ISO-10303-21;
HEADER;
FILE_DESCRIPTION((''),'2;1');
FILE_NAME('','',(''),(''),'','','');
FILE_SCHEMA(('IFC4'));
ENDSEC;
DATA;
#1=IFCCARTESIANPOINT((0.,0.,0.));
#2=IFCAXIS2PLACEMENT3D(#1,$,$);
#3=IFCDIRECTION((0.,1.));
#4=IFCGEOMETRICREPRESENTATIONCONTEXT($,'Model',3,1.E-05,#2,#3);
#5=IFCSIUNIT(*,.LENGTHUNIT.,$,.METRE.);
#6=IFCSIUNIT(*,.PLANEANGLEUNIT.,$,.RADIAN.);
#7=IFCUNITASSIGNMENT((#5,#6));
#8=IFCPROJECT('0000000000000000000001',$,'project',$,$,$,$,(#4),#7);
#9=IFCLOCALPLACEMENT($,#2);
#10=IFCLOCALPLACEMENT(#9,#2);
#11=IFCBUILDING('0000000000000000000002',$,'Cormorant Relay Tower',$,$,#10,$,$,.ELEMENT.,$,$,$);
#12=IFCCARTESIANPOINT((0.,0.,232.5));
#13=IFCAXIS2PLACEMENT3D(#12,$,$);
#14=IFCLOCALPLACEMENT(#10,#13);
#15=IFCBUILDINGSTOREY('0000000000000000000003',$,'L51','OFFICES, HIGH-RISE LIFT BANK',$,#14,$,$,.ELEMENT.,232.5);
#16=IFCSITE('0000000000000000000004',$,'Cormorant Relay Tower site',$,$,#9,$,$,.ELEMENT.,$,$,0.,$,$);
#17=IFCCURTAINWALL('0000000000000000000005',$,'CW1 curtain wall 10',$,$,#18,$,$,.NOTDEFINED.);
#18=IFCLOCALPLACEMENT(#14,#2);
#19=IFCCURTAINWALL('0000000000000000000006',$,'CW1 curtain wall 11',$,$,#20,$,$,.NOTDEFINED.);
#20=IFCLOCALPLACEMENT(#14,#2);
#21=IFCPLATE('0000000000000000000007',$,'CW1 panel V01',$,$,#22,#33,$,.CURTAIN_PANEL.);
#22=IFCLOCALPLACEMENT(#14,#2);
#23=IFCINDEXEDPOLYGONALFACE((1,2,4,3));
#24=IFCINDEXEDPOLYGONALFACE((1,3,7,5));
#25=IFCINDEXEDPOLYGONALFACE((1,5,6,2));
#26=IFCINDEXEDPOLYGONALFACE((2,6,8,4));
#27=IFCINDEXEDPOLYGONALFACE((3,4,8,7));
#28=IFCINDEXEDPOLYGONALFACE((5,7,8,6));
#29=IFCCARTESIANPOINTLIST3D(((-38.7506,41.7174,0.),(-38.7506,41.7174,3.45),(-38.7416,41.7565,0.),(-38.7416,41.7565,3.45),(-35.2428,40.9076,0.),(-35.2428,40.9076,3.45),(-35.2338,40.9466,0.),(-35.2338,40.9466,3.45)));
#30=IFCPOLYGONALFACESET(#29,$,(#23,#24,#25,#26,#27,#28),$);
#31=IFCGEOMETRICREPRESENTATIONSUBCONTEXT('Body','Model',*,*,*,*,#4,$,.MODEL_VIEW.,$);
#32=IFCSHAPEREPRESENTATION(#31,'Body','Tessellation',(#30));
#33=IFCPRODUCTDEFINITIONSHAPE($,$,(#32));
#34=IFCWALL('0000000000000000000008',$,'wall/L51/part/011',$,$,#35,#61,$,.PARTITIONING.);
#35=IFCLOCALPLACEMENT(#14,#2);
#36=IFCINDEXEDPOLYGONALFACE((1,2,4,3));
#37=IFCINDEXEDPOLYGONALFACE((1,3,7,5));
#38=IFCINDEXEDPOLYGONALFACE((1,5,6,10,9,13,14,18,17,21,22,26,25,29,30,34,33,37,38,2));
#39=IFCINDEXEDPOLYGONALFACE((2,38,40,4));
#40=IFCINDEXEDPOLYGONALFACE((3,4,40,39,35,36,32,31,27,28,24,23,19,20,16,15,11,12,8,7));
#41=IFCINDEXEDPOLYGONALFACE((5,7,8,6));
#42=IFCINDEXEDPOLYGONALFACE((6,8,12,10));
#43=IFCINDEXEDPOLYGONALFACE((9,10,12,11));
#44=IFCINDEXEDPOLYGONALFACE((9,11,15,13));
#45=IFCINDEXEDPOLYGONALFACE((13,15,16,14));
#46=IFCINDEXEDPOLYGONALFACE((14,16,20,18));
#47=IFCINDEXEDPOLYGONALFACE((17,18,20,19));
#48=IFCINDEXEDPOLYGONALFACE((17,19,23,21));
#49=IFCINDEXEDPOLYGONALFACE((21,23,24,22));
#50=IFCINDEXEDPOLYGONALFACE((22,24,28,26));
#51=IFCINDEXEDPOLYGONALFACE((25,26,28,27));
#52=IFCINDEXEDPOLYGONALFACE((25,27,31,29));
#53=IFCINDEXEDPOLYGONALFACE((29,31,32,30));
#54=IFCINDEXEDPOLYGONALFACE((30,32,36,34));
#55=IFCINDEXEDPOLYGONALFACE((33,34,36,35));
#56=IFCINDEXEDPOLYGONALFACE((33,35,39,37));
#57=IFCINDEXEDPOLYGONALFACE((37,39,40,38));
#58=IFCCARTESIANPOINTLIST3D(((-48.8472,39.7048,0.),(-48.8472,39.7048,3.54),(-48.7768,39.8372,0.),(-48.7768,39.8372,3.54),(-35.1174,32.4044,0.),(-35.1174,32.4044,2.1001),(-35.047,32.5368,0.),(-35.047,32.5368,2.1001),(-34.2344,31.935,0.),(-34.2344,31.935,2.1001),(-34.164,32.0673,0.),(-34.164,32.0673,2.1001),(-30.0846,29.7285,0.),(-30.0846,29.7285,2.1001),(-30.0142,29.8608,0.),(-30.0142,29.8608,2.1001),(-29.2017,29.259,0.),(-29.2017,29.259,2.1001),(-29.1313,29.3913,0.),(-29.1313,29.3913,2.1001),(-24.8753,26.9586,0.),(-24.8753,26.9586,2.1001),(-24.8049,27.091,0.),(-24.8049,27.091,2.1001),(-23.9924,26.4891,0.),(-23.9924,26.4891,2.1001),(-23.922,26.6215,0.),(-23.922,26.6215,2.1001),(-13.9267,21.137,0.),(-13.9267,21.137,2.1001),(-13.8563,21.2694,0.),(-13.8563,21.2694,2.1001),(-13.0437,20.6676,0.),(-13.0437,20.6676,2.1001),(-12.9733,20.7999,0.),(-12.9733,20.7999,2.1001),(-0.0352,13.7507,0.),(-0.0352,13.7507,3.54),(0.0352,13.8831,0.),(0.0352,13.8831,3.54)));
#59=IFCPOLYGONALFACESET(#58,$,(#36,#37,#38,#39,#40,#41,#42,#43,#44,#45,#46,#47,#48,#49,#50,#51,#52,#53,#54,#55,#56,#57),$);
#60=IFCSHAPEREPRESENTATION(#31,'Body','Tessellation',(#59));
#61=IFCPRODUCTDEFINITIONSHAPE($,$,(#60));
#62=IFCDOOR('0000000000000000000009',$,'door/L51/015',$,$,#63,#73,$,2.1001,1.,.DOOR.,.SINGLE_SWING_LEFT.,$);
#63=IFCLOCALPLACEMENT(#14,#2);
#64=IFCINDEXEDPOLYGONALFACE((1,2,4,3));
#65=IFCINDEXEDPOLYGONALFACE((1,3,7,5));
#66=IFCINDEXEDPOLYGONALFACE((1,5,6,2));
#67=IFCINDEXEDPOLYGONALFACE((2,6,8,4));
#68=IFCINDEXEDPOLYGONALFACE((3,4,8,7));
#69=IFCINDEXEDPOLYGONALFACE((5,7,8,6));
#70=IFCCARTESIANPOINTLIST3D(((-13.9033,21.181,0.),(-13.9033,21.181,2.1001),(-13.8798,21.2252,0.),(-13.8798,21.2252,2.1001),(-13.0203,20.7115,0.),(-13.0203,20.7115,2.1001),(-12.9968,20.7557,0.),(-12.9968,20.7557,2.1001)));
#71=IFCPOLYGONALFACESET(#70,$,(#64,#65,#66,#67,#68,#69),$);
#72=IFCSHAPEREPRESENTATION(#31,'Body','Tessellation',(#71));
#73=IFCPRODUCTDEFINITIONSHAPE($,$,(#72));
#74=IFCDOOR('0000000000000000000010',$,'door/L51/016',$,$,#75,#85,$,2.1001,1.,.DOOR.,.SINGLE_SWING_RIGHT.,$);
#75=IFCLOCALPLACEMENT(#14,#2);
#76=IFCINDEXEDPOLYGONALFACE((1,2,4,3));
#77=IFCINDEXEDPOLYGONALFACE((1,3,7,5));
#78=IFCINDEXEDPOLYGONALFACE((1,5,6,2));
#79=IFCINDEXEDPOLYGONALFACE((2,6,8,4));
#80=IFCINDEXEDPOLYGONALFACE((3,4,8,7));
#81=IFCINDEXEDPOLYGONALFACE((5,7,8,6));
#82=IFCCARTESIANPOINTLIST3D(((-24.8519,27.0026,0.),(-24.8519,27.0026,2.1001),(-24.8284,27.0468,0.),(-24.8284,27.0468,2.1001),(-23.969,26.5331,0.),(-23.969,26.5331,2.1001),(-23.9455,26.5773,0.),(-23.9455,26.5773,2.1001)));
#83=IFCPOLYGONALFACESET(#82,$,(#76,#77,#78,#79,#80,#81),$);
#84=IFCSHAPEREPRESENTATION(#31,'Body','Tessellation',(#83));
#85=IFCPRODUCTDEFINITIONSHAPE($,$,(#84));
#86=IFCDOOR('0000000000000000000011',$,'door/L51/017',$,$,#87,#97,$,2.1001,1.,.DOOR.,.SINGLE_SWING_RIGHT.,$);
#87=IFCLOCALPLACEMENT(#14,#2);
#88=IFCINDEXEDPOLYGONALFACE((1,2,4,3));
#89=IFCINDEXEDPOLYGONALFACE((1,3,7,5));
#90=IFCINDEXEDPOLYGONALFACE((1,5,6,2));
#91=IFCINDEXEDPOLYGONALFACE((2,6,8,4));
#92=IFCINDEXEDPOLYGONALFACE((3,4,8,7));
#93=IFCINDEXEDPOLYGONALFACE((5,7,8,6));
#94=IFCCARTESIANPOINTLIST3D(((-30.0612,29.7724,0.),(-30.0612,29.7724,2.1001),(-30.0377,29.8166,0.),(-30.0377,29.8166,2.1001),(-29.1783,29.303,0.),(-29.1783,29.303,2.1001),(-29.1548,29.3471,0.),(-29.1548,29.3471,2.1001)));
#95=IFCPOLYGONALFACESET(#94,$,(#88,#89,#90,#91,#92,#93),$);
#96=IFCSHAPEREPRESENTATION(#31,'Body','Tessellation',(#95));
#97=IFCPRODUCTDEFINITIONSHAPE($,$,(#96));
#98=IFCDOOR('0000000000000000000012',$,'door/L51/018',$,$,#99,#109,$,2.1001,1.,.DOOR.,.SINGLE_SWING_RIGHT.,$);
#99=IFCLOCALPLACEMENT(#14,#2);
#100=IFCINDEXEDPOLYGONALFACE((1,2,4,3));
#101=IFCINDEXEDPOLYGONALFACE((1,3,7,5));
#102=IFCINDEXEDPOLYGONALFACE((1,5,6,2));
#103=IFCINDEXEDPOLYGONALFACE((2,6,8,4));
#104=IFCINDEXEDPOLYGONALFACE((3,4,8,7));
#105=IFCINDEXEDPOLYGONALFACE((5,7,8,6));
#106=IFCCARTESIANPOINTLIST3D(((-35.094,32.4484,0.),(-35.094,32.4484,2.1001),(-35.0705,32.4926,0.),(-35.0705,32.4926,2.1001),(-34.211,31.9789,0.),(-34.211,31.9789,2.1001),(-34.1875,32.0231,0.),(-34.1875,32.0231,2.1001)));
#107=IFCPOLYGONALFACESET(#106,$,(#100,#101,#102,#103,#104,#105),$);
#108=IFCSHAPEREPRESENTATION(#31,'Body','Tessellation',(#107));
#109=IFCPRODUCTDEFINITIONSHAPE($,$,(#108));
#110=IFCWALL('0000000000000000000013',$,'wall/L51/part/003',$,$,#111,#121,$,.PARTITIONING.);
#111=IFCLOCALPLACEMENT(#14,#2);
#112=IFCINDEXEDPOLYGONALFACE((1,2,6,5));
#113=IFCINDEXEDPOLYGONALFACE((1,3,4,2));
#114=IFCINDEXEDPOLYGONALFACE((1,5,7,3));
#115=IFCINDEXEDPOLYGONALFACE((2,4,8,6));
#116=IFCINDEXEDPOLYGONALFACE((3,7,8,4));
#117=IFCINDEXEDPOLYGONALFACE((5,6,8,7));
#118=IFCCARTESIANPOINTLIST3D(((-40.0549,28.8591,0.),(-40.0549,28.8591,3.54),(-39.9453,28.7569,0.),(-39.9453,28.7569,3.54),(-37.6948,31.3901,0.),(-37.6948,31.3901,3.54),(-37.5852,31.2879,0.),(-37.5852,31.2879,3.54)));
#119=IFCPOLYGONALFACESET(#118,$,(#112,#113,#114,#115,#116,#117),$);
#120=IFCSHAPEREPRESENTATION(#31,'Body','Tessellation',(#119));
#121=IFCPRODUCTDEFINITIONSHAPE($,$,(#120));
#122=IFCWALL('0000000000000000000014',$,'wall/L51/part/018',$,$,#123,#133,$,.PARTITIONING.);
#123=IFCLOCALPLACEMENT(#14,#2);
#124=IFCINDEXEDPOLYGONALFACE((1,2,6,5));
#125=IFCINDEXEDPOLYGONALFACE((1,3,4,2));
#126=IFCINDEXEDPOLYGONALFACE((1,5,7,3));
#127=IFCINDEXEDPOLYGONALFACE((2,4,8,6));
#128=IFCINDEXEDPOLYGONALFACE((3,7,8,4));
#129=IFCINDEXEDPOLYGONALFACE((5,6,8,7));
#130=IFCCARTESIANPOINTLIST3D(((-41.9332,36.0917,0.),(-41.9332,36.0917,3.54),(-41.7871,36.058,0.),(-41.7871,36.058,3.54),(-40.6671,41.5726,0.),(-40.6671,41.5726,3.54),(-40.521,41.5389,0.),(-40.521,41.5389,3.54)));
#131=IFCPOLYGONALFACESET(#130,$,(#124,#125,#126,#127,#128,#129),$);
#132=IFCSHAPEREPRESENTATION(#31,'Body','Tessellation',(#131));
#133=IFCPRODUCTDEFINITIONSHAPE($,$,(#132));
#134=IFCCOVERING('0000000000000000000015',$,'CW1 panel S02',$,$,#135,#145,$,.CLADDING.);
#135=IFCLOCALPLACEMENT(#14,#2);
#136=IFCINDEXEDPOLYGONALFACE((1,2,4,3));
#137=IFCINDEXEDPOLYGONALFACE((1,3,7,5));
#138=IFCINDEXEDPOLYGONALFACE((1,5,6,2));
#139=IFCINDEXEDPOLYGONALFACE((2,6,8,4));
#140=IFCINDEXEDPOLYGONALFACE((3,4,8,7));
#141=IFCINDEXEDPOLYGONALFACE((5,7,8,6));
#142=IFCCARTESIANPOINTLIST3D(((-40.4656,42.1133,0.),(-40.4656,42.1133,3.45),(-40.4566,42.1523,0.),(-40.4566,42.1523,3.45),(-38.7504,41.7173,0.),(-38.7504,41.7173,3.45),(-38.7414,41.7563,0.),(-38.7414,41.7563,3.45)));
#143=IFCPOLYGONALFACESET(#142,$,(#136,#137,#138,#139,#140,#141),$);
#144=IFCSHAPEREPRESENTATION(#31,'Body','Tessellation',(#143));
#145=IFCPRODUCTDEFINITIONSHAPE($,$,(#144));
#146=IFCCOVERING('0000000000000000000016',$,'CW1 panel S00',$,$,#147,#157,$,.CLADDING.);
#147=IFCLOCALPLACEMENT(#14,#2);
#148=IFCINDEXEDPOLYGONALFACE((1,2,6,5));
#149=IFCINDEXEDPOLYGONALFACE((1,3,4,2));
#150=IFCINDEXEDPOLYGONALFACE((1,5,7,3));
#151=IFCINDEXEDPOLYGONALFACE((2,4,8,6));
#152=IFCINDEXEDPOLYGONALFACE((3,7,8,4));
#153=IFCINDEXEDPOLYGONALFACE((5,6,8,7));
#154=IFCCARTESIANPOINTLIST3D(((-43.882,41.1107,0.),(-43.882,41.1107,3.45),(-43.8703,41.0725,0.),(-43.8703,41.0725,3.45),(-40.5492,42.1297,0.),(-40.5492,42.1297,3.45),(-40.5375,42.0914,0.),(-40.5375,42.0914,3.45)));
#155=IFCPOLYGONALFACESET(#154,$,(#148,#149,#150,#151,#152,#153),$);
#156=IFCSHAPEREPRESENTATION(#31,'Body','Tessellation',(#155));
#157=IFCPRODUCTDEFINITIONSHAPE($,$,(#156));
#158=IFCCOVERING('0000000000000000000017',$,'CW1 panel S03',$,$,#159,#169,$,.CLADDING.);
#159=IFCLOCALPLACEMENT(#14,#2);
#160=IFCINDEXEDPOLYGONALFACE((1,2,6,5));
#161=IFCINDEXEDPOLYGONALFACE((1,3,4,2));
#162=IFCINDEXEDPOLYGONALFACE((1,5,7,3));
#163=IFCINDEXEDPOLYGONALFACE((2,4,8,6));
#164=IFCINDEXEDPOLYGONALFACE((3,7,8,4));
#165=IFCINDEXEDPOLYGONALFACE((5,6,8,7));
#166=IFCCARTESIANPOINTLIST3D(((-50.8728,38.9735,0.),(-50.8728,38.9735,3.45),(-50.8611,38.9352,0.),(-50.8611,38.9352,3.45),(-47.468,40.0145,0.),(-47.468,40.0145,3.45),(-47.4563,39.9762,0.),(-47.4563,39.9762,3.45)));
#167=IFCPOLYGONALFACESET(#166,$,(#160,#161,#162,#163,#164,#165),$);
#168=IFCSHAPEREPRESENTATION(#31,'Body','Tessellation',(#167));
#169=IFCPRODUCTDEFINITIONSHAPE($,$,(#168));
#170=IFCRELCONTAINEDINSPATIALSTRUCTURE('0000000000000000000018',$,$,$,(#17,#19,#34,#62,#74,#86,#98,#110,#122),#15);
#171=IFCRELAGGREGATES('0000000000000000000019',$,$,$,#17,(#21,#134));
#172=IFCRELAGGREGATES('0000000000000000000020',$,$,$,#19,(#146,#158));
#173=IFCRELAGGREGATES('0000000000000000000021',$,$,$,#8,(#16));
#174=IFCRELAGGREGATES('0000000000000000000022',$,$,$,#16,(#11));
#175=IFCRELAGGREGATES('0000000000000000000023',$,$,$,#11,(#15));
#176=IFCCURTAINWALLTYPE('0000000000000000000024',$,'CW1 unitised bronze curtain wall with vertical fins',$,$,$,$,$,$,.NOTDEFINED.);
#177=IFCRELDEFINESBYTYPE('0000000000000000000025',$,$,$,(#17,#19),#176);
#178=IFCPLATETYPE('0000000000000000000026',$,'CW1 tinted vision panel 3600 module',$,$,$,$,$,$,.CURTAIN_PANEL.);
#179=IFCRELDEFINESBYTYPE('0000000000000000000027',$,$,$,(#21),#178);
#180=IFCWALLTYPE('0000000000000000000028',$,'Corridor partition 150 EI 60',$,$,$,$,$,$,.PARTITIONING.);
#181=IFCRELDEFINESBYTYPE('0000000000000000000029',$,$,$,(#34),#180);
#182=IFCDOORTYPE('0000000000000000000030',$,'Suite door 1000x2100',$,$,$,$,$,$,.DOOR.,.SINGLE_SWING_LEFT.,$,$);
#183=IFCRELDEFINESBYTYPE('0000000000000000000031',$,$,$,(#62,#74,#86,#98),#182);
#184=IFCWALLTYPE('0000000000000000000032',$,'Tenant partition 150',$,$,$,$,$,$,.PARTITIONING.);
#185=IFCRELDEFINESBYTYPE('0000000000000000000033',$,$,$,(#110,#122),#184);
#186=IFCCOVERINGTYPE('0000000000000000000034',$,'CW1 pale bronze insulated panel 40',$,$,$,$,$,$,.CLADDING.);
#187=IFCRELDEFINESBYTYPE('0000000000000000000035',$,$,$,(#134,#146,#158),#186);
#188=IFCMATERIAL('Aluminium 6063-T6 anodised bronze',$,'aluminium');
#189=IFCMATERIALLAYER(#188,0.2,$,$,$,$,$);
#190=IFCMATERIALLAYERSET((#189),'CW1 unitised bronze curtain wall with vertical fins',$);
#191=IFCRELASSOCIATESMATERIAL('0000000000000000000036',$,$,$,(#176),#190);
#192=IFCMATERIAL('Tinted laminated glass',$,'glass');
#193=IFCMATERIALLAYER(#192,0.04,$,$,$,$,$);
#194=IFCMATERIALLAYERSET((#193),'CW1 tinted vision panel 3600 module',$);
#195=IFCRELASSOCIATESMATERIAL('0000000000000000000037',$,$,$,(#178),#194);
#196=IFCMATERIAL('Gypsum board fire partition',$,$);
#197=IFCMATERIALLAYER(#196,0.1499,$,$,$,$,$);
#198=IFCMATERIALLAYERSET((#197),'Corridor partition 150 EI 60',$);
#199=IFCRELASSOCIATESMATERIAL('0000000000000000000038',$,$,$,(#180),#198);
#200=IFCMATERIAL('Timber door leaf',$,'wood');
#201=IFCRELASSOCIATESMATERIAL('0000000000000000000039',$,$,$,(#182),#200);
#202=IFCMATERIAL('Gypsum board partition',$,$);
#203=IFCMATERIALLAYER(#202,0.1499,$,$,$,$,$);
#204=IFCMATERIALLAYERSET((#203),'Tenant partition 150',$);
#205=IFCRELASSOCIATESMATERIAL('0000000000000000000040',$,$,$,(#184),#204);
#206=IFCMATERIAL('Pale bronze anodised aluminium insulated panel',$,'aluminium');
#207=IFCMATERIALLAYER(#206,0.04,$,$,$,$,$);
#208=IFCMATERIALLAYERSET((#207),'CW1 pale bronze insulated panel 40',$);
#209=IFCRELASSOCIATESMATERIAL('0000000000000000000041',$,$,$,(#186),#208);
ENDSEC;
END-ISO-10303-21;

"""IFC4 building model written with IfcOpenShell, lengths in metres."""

from ifc_helpers import new_model, si_unit, direction, frame, frame_2d, origin, origin_2d, place, context, subcontext, project, spatial, rectangle, extrude, material, layer, layer_set, type_object, element, fill, aggregate, save


model = new_model("IFC4")

# Units and contexts
model_context = context("Model", 3, precision=1e-05, world=origin(), true_north=direction((0.0, 1.0)))
body_context = subcontext(model_context, "Body", "Model", "MODEL_VIEW")
ifc_project = project(units=[si_unit("LENGTHUNIT", "METRE"), si_unit("PLANEANGLEUNIT", "RADIAN")], contexts=[model_context])

# Site, building, storey
site_placement = place(None, origin())
site = spatial("IfcSite", under=ifc_project, at=site_placement, Name="Cormorant Relay Tower site", CompositionType="ELEMENT", RefElevation=0.0)
building_placement = place(site_placement, origin())
building = spatial("IfcBuilding", under=site, at=building_placement, Name="Cormorant Relay Tower", CompositionType="ELEMENT")
storey_placement = place(building_placement, frame((0.0, 0.0, 232.5)))
storey = spatial("IfcBuildingStorey", under=building, at=storey_placement, Name="L51", Description="OFFICES, HIGH-RISE LIFT BANK", CompositionType="ELEMENT", Elevation=232.5)

# Curtain wall
ifc_material_1 = material(Name="Aluminium 6063-T6 anodised bronze", Category="aluminium")
ifc_layer_1 = layer(ifc_material_1, 0.2)
ifc_layer_set_1 = layer_set([ifc_layer_1], Name="CW1 unitised bronze curtain wall with vertical fins")
curtain_wall_type = type_object("IfcCurtainWallType", Name="CW1 unitised bronze curtain wall with vertical fins", PredefinedType="NOTDEFINED", material=ifc_layer_set_1)
curtain_wall_1_placement = place(storey_placement, origin())
curtain_wall_1 = element("IfcCurtainWall", 1, at=curtain_wall_1_placement, inside=storey, type_object=curtain_wall_type, Name="CW1 curtain wall 10", PredefinedType="NOTDEFINED")

# Curtain wall
curtain_wall_2_placement = place(storey_placement, origin())
curtain_wall_2 = element("IfcCurtainWall", 2, at=curtain_wall_2_placement, inside=storey, type_object=curtain_wall_type, Name="CW1 curtain wall 11", PredefinedType="NOTDEFINED")

# Plate
ifc_material_2 = material(Name="Tinted laminated glass", Category="glass")
ifc_layer_2 = layer(ifc_material_2, 0.04)
ifc_layer_set_2 = layer_set([ifc_layer_2], Name="CW1 tinted vision panel 3600 module")
plate_type_1 = type_object("IfcPlateType", Name="CW1 tinted vision panel 3600 module", PredefinedType="CURTAIN_PANEL", material=ifc_layer_set_2)
plate_1_placement = place(storey_placement, frame((-36.9922, 41.332, 0.0), z_axis=(0.0, 0.0, 1.0), x_axis=(-0.97437, 0.224951, 0.0)))
plate_1 = element("IfcPlate", 3, at=plate_1_placement, type_object=plate_type_1, Name="CW1 panel V01", PredefinedType="CURTAIN_PANEL", context=body_context, shape_type="SweptSolid", body=[
    extrude(rectangle(XDim=3.6001, YDim=0.04, at=origin_2d()), origin(), (0.0, 0.0, 1.0), 3.45),
])

# Wall, openings, doors
ifc_material_3 = material(Name="Gypsum board fire partition")
ifc_layer_3 = layer(ifc_material_3, 0.1499)
ifc_layer_set_3 = layer_set([ifc_layer_3], Name="Corridor partition 150 EI 60")
wall_type_1 = type_object("IfcWallType", Name="Corridor partition 150 EI 60", PredefinedType="PARTITIONING", material=ifc_layer_set_3)
wall_1_placement = place(storey_placement, frame((-48.812, 39.771, 0.0), z_axis=(0.0, 0.0, 1.0), x_axis=(0.882945, -0.469476, 0.0)))
wall_1 = element("IfcWall", 4, at=wall_1_placement, inside=storey, type_object=wall_type_1, Name="wall/L51/part/011", PredefinedType="PARTITIONING", context=body_context, shape_type="SweptSolid", body=[
    extrude(rectangle(XDim=55.2832, YDim=0.1499, at=frame_2d((27.6416, 0.0))), origin(), (0.0, 0.0, 1.0), 3.54),
])
opening_1_placement = place(wall_1_placement, frame((39.55, 0.0, 0.0)))
opening_1 = element("IfcOpeningElement", 5, at=opening_1_placement, cuts=wall_1, PredefinedType="OPENING", context=body_context, shape_type="SweptSolid", body=[
    extrude(rectangle(XDim=1.0, YDim=2.1001, at=frame_2d((0.5, 1.05))), frame((0.0, 0.085, 0.0), z_axis=(0.0, -1.0, 0.0), x_axis=(1.0, 0.0, 0.0)), (0.0, 0.0, 1.0), 0.1699),
])
opening_2_placement = place(wall_1_placement, frame((27.1499, 0.0, 0.0)))
opening_2 = element("IfcOpeningElement", 6, at=opening_2_placement, cuts=wall_1, PredefinedType="OPENING", context=body_context, shape_type="SweptSolid", body=[
    extrude(rectangle(XDim=1.0, YDim=2.1001, at=frame_2d((0.5, 1.05))), frame((0.0, 0.085, 0.0), z_axis=(0.0, -1.0, 0.0), x_axis=(1.0, 0.0, 0.0)), (0.0, 0.0, 1.0), 0.1699),
])
opening_3_placement = place(wall_1_placement, frame((21.25, 0.0, 0.0)))
opening_3 = element("IfcOpeningElement", 7, at=opening_3_placement, cuts=wall_1, PredefinedType="OPENING", context=body_context, shape_type="SweptSolid", body=[
    extrude(rectangle(XDim=1.0, YDim=2.1001, at=frame_2d((0.5, 1.05))), frame((0.0, 0.085, 0.0), z_axis=(0.0, -1.0, 0.0), x_axis=(1.0, 0.0, 0.0)), (0.0, 0.0, 1.0), 0.1699),
])
opening_4_placement = place(wall_1_placement, frame((15.55, 0.0, 0.0)))
opening_4 = element("IfcOpeningElement", 8, at=opening_4_placement, cuts=wall_1, PredefinedType="OPENING", context=body_context, shape_type="SweptSolid", body=[
    extrude(rectangle(XDim=1.0, YDim=2.1001, at=frame_2d((0.5, 1.05))), frame((0.0, 0.085, 0.0), z_axis=(0.0, -1.0, 0.0), x_axis=(1.0, 0.0, 0.0)), (0.0, 0.0, 1.0), 0.1699),
])
ifc_material_4 = material(Name="Timber door leaf", Category="wood")
door_type = type_object("IfcDoorType", Name="Suite door 1000x2100", OperationType="SINGLE_SWING_LEFT", PredefinedType="DOOR", material=ifc_material_4)
door_1_placement = place(opening_1_placement, origin())
door_1 = element("IfcDoor", 9, at=door_1_placement, inside=storey, type_object=door_type, Name="door/L51/015", OperationType="SINGLE_SWING_LEFT", OverallHeight=2.1001, OverallWidth=1.0, PredefinedType="DOOR", context=body_context, shape_type="SweptSolid", body=[
    extrude(rectangle(XDim=1.0, YDim=2.1001, at=frame_2d((0.5, 1.05))), frame((0.0, 0.0249, 0.0), z_axis=(0.0, -1.0, 0.0), x_axis=(1.0, 0.0, 0.0)), (0.0, 0.0, 1.0), 0.05),
])
fill(opening_1, door_1)
door_2_placement = place(opening_2_placement, origin())
door_2 = element("IfcDoor", 10, at=door_2_placement, inside=storey, type_object=door_type, Name="door/L51/016", OperationType="SINGLE_SWING_RIGHT", OverallHeight=2.1001, OverallWidth=1.0, PredefinedType="DOOR", context=body_context, shape_type="SweptSolid", body=[
    extrude(rectangle(XDim=1.0, YDim=2.1001, at=frame_2d((0.5, 1.05))), frame((0.0, 0.0249, 0.0), z_axis=(0.0, -1.0, 0.0), x_axis=(1.0, 0.0, 0.0)), (0.0, 0.0, 1.0), 0.05),
])
fill(opening_2, door_2)
door_3_placement = place(opening_3_placement, origin())
door_3 = element("IfcDoor", 11, at=door_3_placement, inside=storey, type_object=door_type, Name="door/L51/017", OperationType="SINGLE_SWING_RIGHT", OverallHeight=2.1001, OverallWidth=1.0, PredefinedType="DOOR", context=body_context, shape_type="SweptSolid", body=[
    extrude(rectangle(XDim=1.0, YDim=2.1001, at=frame_2d((0.5, 1.05))), frame((0.0, 0.0249, 0.0), z_axis=(0.0, -1.0, 0.0), x_axis=(1.0, 0.0, 0.0)), (0.0, 0.0, 1.0), 0.05),
])
fill(opening_3, door_3)
door_4_placement = place(opening_4_placement, origin())
door_4 = element("IfcDoor", 12, at=door_4_placement, inside=storey, type_object=door_type, Name="door/L51/018", OperationType="SINGLE_SWING_RIGHT", OverallHeight=2.1001, OverallWidth=1.0, PredefinedType="DOOR", context=body_context, shape_type="SweptSolid", body=[
    extrude(rectangle(XDim=1.0, YDim=2.1001, at=frame_2d((0.5, 1.05))), frame((0.0, 0.0249, 0.0), z_axis=(0.0, -1.0, 0.0), x_axis=(1.0, 0.0, 0.0)), (0.0, 0.0, 1.0), 0.05),
])
fill(opening_4, door_4)

# Walls
ifc_material_5 = material(Name="Gypsum board partition")
ifc_layer_4 = layer(ifc_material_5, 0.1499)
ifc_layer_set_4 = layer_set([ifc_layer_4], Name="Tenant partition 150")
wall_type_2 = type_object("IfcWallType", Name="Tenant partition 150", PredefinedType="PARTITIONING", material=ifc_layer_set_4)
wall_2_placement = place(storey_placement, frame((-37.6399, 31.3391, 0.0), z_axis=(0.0, 0.0, 1.0), x_axis=(-0.681984, -0.731367, 0.0)))
element("IfcWall", 13, at=wall_2_placement, inside=storey, type_object=wall_type_2, Name="wall/L51/part/003", PredefinedType="PARTITIONING", context=body_context, shape_type="SweptSolid", body=[
    extrude(rectangle(XDim=3.4607, YDim=0.1499, at=frame_2d((1.7305, 0.0))), origin(), (0.0, 0.0, 1.0), 3.54),
])
wall_3_placement = place(storey_placement, frame((-41.8601, 36.075, 0.0), z_axis=(0.0, 0.0, 1.0), x_axis=(0.225075, 0.974341, 0.0)))
element("IfcWall", 14, at=wall_3_placement, inside=storey, type_object=wall_type_2, Name="wall/L51/part/018", PredefinedType="PARTITIONING", context=body_context, shape_type="SweptSolid", body=[
    extrude(rectangle(XDim=5.6252, YDim=0.1499, at=frame_2d((2.8125, 0.0))), origin(), (0.0, 0.0, 1.0), 3.54),
])

# Coverings
ifc_material_6 = material(Name="Pale bronze anodised aluminium insulated panel", Category="aluminium")
ifc_layer_5 = layer(ifc_material_6, 0.04)
ifc_layer_set_5 = layer_set([ifc_layer_5], Name="CW1 pale bronze insulated panel 40")
covering_type = type_object("IfcCoveringType", Name="CW1 pale bronze insulated panel 40", PredefinedType="CLADDING", material=ifc_layer_set_5)
covering_1_placement = place(storey_placement, frame((-39.6035, 41.9348, 0.0), z_axis=(0.0, 0.0, 1.0), x_axis=(-0.97437, 0.224951, 0.0)))
covering_1 = element("IfcCovering", 15, at=covering_1_placement, type_object=covering_type, Name="CW1 panel S02", PredefinedType="CLADDING", context=body_context, shape_type="SweptSolid", body=[
    extrude(rectangle(XDim=1.7603, YDim=0.04, at=origin_2d()), origin(), (0.0, 0.0, 1.0), 3.45),
])
aggregate(curtain_wall_1, [plate_1, covering_1])
covering_2_placement = place(storey_placement, frame((-42.2097, 41.6011, 0.0), z_axis=(0.0, 0.0, 1.0), x_axis=(-0.956305, -0.292372, 0.0)))
covering_2 = element("IfcCovering", 16, at=covering_2_placement, type_object=covering_type, Name="CW1 panel S00", PredefinedType="CLADDING", context=body_context, shape_type="SweptSolid", body=[
    extrude(rectangle(XDim=3.4851, YDim=0.04, at=origin_2d()), origin(), (0.0, 0.0, 1.0), 3.45),
])
covering_3_placement = place(storey_placement, frame((-49.1646, 39.4749, 0.0), z_axis=(0.0, 0.0, 1.0), x_axis=(-0.956305, -0.292372, 0.0)))
covering_3 = element("IfcCovering", 17, at=covering_3_placement, type_object=covering_type, Name="CW1 panel S03", PredefinedType="CLADDING", context=body_context, shape_type="SweptSolid", body=[
    extrude(rectangle(XDim=3.5603, YDim=0.04, at=origin_2d()), origin(), (0.0, 0.0, 1.0), 3.45),
])
aggregate(curtain_wall_2, [covering_2, covering_3])

save(model, "model.ifc")
